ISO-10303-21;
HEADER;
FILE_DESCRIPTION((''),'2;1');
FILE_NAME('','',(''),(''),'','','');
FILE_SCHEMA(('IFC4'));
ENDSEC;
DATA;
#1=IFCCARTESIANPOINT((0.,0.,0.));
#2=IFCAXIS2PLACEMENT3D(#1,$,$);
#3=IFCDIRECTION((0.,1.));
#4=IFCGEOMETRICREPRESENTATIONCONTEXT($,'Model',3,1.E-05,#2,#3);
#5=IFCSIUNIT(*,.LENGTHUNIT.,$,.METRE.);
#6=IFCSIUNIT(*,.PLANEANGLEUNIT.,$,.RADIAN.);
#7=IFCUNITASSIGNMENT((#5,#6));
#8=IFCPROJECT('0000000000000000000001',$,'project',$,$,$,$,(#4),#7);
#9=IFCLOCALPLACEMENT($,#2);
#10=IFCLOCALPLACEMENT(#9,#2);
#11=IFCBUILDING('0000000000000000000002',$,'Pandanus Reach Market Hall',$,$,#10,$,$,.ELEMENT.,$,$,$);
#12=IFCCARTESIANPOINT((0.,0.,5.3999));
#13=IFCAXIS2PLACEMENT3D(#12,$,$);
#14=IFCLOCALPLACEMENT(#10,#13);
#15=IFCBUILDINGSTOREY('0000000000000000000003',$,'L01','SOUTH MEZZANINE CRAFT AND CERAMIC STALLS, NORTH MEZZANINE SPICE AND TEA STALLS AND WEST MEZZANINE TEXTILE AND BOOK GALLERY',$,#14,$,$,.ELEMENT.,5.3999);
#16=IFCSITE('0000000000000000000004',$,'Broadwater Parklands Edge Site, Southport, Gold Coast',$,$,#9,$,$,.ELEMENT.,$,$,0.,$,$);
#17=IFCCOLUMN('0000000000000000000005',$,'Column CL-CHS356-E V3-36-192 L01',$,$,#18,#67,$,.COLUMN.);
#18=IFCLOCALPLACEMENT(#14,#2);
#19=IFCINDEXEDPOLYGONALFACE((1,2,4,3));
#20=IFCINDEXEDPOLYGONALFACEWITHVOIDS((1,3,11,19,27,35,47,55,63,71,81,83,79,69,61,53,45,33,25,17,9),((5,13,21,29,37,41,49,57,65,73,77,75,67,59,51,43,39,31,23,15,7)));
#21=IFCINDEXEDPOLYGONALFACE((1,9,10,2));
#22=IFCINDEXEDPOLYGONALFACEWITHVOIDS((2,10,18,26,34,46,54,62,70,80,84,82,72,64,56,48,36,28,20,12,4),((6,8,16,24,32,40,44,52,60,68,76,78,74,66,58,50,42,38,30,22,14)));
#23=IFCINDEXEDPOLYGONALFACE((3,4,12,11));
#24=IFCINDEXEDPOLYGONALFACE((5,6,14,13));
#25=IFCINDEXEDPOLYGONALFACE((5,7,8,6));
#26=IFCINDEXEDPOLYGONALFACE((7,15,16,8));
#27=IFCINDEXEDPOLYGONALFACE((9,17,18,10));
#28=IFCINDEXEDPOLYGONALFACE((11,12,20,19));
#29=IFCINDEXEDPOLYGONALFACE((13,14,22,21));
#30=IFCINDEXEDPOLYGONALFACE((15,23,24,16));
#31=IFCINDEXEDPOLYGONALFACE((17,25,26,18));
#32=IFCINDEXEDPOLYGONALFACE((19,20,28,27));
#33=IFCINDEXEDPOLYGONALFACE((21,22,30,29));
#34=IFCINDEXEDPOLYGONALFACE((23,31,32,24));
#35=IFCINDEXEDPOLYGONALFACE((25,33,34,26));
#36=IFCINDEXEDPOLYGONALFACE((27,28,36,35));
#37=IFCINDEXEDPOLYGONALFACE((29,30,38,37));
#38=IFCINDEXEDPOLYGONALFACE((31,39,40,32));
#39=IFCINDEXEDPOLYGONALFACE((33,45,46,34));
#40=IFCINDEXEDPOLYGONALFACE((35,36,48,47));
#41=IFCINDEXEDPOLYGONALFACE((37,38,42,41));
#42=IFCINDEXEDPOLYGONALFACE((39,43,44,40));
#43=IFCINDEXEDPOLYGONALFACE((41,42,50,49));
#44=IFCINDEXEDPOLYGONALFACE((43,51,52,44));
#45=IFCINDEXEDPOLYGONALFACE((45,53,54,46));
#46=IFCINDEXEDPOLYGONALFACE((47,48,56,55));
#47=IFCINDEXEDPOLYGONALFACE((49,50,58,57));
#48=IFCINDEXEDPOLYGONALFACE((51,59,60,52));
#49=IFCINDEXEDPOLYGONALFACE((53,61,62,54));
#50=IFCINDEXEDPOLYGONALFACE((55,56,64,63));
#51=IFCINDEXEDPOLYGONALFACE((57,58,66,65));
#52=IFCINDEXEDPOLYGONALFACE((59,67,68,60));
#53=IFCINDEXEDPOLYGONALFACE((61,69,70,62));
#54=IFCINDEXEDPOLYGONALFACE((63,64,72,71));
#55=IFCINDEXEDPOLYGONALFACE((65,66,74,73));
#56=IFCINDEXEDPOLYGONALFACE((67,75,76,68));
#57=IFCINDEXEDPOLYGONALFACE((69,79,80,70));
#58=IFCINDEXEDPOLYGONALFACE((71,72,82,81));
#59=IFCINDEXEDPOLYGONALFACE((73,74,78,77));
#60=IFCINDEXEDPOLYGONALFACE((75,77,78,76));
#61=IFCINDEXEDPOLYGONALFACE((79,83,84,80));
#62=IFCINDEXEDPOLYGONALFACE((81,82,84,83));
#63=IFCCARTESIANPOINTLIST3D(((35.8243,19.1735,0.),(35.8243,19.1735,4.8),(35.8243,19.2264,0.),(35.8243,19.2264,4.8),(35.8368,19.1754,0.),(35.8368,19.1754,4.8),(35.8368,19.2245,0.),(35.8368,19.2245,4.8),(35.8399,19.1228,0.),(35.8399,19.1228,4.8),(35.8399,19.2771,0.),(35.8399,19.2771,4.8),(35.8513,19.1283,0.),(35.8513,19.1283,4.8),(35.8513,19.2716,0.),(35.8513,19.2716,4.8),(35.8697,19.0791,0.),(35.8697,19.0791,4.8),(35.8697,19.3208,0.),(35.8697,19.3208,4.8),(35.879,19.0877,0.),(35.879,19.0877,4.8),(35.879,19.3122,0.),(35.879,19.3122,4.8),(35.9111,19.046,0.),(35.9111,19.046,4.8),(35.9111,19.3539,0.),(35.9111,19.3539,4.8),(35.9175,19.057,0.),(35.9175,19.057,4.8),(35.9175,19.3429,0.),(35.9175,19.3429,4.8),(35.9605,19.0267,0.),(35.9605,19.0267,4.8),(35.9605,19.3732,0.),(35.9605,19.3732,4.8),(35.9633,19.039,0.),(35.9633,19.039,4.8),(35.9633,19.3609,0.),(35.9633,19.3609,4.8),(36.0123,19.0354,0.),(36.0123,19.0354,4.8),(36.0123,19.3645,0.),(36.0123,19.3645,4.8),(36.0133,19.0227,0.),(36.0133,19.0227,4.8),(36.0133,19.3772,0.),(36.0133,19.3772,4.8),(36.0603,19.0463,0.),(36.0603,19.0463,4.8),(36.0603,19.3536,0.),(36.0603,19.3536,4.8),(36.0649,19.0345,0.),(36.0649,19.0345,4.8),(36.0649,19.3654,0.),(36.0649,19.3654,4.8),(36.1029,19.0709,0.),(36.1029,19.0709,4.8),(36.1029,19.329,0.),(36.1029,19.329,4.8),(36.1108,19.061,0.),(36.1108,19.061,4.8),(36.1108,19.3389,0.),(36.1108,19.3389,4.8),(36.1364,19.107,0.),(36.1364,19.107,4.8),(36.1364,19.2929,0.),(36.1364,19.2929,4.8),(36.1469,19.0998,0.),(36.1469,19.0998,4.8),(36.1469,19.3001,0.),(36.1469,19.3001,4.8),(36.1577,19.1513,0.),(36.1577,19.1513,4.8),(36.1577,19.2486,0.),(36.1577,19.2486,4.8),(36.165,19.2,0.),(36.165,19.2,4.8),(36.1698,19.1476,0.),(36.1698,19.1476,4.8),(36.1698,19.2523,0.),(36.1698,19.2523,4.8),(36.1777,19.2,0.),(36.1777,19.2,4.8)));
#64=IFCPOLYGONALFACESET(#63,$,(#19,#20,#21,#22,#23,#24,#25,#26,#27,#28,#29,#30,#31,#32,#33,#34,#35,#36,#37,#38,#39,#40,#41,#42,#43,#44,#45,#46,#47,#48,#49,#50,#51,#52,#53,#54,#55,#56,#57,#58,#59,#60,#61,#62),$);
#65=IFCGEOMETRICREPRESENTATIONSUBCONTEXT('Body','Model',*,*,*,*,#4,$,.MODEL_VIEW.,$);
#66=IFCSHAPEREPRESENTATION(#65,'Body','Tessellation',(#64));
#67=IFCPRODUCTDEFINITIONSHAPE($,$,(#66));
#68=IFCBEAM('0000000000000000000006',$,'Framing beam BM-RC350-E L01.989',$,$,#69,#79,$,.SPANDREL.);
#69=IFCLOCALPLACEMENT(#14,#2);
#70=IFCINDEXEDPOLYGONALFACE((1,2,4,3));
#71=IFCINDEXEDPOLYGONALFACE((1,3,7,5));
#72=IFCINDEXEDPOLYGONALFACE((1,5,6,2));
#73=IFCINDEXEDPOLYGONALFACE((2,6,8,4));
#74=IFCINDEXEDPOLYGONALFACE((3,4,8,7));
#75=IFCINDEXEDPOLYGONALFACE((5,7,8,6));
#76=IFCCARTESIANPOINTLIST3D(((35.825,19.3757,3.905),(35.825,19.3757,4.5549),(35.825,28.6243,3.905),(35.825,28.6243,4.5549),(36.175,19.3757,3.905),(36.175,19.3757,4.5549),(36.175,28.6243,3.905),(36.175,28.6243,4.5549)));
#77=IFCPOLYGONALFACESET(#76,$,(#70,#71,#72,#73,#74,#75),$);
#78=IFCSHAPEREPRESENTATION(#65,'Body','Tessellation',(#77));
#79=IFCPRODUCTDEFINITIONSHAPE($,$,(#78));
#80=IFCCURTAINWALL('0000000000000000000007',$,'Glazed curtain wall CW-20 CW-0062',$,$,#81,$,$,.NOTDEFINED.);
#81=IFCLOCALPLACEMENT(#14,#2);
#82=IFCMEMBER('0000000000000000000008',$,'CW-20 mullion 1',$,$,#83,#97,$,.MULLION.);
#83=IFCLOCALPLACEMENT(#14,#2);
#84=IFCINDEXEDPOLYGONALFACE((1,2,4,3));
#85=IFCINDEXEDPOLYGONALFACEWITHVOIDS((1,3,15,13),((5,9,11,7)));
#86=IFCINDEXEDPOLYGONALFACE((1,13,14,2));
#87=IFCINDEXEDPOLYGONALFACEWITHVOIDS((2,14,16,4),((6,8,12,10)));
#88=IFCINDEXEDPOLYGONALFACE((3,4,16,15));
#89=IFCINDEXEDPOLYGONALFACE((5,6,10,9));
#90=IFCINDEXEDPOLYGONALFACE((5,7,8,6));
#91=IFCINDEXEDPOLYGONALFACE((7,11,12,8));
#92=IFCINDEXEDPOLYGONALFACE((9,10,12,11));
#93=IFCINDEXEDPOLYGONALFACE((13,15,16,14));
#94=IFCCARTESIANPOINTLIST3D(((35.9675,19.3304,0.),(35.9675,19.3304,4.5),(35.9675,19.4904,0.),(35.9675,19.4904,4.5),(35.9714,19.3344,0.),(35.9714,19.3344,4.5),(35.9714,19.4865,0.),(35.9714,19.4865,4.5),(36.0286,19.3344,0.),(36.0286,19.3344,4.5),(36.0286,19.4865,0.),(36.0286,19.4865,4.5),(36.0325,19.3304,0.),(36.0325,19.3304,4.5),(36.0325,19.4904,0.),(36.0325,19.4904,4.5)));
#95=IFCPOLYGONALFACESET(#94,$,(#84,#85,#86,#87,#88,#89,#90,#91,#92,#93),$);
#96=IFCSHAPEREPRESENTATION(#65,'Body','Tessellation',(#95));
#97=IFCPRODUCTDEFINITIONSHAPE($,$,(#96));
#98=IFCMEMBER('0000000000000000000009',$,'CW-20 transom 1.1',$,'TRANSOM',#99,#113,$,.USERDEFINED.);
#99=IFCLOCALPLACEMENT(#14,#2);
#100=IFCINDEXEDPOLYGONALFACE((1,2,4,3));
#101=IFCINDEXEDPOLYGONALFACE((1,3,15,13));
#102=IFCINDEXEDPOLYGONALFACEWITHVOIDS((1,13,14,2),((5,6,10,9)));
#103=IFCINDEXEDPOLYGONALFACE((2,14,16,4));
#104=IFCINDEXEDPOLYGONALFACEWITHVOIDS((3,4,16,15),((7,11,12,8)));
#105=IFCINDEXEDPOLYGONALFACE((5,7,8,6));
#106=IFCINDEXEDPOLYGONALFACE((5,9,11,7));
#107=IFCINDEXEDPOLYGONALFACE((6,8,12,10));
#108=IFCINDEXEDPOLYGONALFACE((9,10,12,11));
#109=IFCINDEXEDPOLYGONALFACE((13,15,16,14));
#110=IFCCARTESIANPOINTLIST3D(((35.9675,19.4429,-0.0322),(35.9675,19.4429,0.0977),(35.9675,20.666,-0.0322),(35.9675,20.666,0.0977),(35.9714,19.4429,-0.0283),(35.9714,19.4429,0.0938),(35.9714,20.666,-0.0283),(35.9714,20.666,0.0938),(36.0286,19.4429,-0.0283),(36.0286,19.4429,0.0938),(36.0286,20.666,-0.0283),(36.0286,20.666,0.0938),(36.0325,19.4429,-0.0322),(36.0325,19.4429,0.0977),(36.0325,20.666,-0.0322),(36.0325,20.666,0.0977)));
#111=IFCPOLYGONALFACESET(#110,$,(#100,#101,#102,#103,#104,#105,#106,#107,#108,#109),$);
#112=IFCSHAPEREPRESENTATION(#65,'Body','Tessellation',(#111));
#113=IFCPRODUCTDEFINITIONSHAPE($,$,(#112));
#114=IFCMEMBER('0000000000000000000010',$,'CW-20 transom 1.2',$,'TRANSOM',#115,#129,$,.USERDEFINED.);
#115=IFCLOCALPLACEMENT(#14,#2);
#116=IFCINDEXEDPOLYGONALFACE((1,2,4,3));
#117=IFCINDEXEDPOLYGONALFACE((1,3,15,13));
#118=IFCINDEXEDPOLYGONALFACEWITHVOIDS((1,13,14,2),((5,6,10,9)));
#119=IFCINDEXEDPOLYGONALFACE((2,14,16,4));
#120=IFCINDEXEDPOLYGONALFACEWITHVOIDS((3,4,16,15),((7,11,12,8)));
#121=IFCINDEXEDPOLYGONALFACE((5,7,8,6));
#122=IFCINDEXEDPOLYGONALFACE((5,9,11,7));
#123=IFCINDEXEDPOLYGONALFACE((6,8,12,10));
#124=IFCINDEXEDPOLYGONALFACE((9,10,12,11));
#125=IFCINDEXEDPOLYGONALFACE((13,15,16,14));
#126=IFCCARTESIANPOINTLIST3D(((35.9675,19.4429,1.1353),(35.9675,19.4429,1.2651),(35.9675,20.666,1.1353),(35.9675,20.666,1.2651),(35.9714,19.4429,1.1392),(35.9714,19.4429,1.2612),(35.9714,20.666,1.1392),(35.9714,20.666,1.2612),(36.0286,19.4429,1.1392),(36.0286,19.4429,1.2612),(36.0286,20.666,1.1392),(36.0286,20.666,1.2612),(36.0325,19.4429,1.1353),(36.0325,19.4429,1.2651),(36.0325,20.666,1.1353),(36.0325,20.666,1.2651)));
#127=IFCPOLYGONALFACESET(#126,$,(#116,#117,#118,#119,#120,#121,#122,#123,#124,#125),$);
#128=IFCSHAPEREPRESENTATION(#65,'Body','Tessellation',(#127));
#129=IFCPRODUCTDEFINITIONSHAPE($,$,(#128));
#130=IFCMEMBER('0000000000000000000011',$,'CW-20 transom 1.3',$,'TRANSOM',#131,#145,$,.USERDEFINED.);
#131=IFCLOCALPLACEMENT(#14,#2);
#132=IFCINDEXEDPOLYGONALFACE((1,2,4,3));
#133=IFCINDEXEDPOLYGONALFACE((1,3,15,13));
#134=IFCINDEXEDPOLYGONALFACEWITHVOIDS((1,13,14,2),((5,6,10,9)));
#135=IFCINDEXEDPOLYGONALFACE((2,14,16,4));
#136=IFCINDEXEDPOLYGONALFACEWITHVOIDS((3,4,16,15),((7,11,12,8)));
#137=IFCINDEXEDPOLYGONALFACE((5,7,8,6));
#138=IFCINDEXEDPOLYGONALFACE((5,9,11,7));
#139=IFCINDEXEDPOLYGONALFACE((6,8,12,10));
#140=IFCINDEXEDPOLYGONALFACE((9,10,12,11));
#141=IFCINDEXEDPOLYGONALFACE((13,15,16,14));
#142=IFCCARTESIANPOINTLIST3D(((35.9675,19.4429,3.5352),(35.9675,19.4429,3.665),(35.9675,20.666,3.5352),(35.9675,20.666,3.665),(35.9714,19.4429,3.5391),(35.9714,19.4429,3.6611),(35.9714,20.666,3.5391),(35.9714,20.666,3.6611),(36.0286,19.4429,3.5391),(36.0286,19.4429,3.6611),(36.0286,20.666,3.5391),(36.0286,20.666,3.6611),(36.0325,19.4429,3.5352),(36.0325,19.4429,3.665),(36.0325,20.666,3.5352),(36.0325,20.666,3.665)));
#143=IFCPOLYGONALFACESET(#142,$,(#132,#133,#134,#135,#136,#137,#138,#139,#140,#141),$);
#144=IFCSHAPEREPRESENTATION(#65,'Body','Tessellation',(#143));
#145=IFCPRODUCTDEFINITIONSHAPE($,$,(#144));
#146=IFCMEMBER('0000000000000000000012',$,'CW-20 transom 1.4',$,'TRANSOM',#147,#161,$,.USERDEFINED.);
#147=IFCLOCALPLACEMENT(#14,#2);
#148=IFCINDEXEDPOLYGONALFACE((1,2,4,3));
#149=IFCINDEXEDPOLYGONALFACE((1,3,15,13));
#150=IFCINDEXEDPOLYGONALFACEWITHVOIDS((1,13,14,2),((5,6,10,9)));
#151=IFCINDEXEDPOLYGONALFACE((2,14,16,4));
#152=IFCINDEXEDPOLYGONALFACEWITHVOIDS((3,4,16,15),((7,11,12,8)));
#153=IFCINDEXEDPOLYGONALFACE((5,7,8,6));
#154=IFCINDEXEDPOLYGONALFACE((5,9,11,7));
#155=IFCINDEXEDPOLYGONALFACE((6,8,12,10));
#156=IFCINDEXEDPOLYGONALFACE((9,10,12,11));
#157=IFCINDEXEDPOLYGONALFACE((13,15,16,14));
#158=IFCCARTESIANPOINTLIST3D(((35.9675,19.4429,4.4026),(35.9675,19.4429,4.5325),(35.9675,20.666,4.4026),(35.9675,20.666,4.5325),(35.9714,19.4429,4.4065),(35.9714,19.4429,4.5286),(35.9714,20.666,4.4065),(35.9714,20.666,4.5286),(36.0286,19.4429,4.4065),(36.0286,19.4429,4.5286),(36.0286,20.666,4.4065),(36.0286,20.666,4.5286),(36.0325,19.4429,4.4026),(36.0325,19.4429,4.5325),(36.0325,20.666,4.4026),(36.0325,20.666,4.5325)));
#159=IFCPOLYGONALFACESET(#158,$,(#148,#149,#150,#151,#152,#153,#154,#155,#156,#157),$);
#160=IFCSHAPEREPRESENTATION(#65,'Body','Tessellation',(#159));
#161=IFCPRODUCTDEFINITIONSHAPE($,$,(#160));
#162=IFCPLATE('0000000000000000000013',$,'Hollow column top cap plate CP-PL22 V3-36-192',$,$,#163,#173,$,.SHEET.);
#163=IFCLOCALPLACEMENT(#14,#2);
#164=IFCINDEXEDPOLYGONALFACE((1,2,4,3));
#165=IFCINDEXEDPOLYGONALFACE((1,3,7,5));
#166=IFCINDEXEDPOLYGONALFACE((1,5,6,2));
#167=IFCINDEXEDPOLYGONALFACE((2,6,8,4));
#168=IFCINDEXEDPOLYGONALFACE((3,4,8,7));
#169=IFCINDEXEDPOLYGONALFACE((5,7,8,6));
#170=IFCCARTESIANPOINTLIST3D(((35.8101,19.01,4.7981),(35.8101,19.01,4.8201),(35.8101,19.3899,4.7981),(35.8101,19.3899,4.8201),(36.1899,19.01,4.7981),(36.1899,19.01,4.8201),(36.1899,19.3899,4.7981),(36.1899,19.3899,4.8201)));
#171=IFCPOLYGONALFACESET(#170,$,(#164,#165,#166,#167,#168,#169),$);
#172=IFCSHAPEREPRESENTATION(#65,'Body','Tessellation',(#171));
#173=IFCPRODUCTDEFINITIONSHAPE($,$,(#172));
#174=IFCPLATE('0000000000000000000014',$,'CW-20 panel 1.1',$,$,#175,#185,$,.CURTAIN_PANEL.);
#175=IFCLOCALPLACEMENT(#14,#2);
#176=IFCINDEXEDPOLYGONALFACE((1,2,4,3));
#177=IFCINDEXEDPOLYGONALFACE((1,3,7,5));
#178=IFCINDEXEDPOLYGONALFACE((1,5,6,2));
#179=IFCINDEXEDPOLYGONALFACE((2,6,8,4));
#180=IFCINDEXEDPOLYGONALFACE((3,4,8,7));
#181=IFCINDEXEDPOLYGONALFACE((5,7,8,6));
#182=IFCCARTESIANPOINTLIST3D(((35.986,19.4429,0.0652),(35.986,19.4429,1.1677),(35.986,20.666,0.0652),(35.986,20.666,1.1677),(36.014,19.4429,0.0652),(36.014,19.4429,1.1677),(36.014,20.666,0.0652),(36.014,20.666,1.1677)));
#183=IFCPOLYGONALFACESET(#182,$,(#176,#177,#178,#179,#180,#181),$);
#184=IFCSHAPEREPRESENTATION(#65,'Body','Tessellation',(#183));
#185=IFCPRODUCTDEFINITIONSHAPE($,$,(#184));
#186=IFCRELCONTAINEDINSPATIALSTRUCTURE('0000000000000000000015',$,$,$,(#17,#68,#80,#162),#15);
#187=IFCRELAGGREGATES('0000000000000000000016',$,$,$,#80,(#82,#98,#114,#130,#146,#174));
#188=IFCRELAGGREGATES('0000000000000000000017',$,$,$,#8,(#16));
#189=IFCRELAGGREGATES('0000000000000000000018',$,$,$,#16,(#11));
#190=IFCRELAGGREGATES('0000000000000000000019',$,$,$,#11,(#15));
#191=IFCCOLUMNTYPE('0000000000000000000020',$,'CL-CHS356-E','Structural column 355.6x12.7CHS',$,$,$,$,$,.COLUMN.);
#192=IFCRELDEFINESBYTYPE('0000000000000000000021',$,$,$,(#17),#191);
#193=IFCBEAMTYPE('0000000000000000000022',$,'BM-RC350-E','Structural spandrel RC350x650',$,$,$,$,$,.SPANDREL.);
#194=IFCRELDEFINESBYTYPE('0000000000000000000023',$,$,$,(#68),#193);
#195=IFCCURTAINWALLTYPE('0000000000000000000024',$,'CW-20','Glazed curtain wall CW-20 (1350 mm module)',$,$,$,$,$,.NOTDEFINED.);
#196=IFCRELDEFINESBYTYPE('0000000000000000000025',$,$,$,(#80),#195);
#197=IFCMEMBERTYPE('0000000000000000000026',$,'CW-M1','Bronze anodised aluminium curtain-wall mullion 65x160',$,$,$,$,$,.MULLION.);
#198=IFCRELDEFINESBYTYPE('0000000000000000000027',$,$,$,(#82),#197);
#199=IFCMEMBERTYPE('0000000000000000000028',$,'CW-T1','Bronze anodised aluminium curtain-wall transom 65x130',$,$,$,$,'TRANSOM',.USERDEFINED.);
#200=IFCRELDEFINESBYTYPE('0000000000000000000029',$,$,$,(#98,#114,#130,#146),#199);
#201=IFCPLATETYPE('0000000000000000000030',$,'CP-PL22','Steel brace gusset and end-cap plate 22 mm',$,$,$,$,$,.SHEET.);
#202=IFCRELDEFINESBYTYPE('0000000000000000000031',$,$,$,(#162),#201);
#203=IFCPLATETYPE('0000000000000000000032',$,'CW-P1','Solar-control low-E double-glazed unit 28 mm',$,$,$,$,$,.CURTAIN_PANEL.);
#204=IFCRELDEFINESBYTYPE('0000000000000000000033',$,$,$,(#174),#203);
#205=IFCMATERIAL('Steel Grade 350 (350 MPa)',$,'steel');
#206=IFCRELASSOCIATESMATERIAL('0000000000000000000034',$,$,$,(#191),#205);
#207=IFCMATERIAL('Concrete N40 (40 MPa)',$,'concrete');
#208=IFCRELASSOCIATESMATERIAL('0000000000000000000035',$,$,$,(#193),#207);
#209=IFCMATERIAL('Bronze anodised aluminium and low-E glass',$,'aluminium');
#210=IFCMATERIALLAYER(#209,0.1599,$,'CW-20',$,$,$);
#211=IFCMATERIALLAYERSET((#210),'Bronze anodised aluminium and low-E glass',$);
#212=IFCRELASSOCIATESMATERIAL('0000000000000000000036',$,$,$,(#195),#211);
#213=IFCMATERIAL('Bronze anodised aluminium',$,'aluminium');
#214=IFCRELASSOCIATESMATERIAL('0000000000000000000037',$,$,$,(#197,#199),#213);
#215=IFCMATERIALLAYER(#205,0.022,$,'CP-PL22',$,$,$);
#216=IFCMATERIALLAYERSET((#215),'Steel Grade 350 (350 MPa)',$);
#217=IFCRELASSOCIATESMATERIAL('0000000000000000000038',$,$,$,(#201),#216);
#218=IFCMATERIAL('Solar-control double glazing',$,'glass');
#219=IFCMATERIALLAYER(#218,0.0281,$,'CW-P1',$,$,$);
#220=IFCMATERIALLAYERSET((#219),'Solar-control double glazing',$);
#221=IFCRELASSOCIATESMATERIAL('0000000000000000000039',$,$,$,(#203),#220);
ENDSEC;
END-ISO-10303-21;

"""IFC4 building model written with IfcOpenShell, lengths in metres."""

from ifc_helpers import new_model, si_unit, direction, frame, origin, origin_2d, place, context, subcontext, project, spatial, rectangle, hollow_rectangle, hollow_circle, extrude, material, layer, layer_set, material_profile, profile_set, type_object, element, aggregate, save


model = new_model("IFC4")

# Units and contexts
model_context = context("Model", 3, precision=1e-05, world=origin(), true_north=direction((0.0, 1.0)))
body_context = subcontext(model_context, "Body", "Model", "MODEL_VIEW")
ifc_project = project(units=[si_unit("LENGTHUNIT", "METRE"), si_unit("PLANEANGLEUNIT", "RADIAN")], contexts=[model_context])

# Site, building, storey
site_placement = place(None, origin())
site = spatial("IfcSite", under=ifc_project, at=site_placement, Name="Broadwater Parklands Edge Site, Southport, Gold Coast", CompositionType="ELEMENT", RefElevation=0.0)
building_placement = place(site_placement, origin())
building = spatial("IfcBuilding", under=site, at=building_placement, Name="Pandanus Reach Market Hall", CompositionType="ELEMENT")
storey_placement = place(building_placement, frame((0.0, 0.0, 5.3999)))
storey = spatial("IfcBuildingStorey", under=building, at=storey_placement, Name="L01", Description="SOUTH MEZZANINE CRAFT AND CERAMIC STALLS, NORTH MEZZANINE SPICE AND TEA STALLS AND WEST MEZZANINE TEXTILE AND BOOK GALLERY", CompositionType="ELEMENT", Elevation=5.3999)

# Column
ifc_material_1 = material(Name="Steel Grade 350 (350 MPa)", Category="steel")
ifc_material_profile_1 = material_profile(ifc_material_1, hollow_circle(Radius=0.1777, WallThickness=0.0127, at=origin_2d()), Name="355.6x12.7CHS", Category="LoadBearing")
ifc_profile_set_1 = profile_set([ifc_material_profile_1], Name="Steel Grade 350 (350 MPa)")
column_type = type_object("IfcColumnType", Name="CL-CHS356-E", Description="Structural column 355.6x12.7CHS", PredefinedType="COLUMN", material=ifc_profile_set_1)
column_placement = place(storey_placement, frame((36.0, 19.2, 0.0), z_axis=(0.0, 0.0, 1.0), x_axis=(1.0, 0.0, 0.0)))
element("IfcColumn", 1, at=column_placement, inside=storey, type_object=column_type, Name="Column CL-CHS356-E V3-36-192 L01", PredefinedType="COLUMN", context=body_context, shape_type="SweptSolid", body=[
    extrude(hollow_circle(Radius=0.1777, WallThickness=0.0127, at=origin_2d()), origin(), (0.0, 0.0, 1.0), 4.8),
])

# Beam
ifc_material_2 = material(Name="Concrete N40 (40 MPa)", Category="concrete")
ifc_material_profile_2 = material_profile(ifc_material_2, rectangle(XDim=0.3501, YDim=0.6499, at=origin_2d()), Name="RC350x650", Category="LoadBearing")
ifc_profile_set_2 = profile_set([ifc_material_profile_2], Name="Concrete N40 (40 MPa)")
beam_type = type_object("IfcBeamType", Name="BM-RC350-E", Description="Structural spandrel RC350x650", PredefinedType="SPANDREL", material=ifc_profile_set_2)
beam_placement = place(storey_placement, frame((36.0, 19.3757, 4.23), z_axis=(0.0, 1.0, 0.0), x_axis=(-1.0, 0.0, 0.0)))
element("IfcBeam", 2, at=beam_placement, inside=storey, type_object=beam_type, Name="Framing beam BM-RC350-E L01.989", PredefinedType="SPANDREL", context=body_context, shape_type="SweptSolid", body=[
    extrude(rectangle(XDim=0.3501, YDim=0.6499, at=origin_2d()), origin(), (0.0, 0.0, 1.0), 9.2485),
])

# Curtain wall, members
ifc_material_3 = material(Name="Bronze anodised aluminium and low-E glass", Category="aluminium")
ifc_layer_1 = layer(ifc_material_3, 0.1599, Name="CW-20")
ifc_layer_set_1 = layer_set([ifc_layer_1], Name="Bronze anodised aluminium and low-E glass")
curtain_wall_type = type_object("IfcCurtainWallType", Name="CW-20", Description="Glazed curtain wall CW-20 (1350 mm module)", PredefinedType="NOTDEFINED", material=ifc_layer_set_1)
curtain_wall_placement = place(storey_placement, origin())
curtain_wall = element("IfcCurtainWall", 3, at=curtain_wall_placement, inside=storey, type_object=curtain_wall_type, Name="Glazed curtain wall CW-20 CW-0062", PredefinedType="NOTDEFINED")
ifc_material_4 = material(Name="Bronze anodised aluminium", Category="aluminium")
ifc_material_profile_3 = material_profile(ifc_material_4, hollow_rectangle(XDim=0.0649, YDim=0.1599, WallThickness=0.0039, at=origin_2d()), Name="ALU65x160", Category="LoadBearing")
ifc_profile_set_3 = profile_set([ifc_material_profile_3], Name="Bronze anodised aluminium")
member_type_1 = type_object("IfcMemberType", Name="CW-M1", Description="Bronze anodised aluminium curtain-wall mullion 65x160", PredefinedType="MULLION", material=ifc_profile_set_3)
member_1_placement = place(storey_placement, frame((36.0, 19.4104, 0.0), z_axis=(0.0, 0.0, 1.0), x_axis=(-1.0, 0.0, 0.0)))
member_1 = element("IfcMember", 4, at=member_1_placement, type_object=member_type_1, Name="CW-20 mullion 1", PredefinedType="MULLION", context=body_context, shape_type="SweptSolid", body=[
    extrude(hollow_rectangle(XDim=0.0649, YDim=0.1599, WallThickness=0.0039, at=origin_2d()), origin(), (0.0, 0.0, 1.0), 4.5),
])
ifc_material_profile_4 = material_profile(ifc_material_4, hollow_rectangle(XDim=0.0649, YDim=0.1299, WallThickness=0.0039, at=origin_2d()), Name="ALU65x130", Category="LoadBearing")
ifc_profile_set_4 = profile_set([ifc_material_profile_4], Name="Bronze anodised aluminium")
member_type_2 = type_object("IfcMemberType", Name="CW-T1", Description="Bronze anodised aluminium curtain-wall transom 65x130", ElementType="TRANSOM", PredefinedType="USERDEFINED", material=ifc_profile_set_4)
member_2_placement = place(storey_placement, frame((36.0, 19.4429, 0.0327), z_axis=(0.0, 1.0, 0.0), x_axis=(-1.0, 0.0, 0.0)))
member_2 = element("IfcMember", 5, at=member_2_placement, type_object=member_type_2, Name="CW-20 transom 1.1", ObjectType="TRANSOM", PredefinedType="USERDEFINED", context=body_context, shape_type="SweptSolid", body=[
    extrude(hollow_rectangle(XDim=0.0649, YDim=0.1299, WallThickness=0.0039, at=origin_2d()), origin(), (0.0, 0.0, 1.0), 1.2231),
])
member_3_placement = place(storey_placement, frame((36.0, 19.4429, 1.2002), z_axis=(0.0, 1.0, 0.0), x_axis=(-1.0, 0.0, 0.0)))
member_3 = element("IfcMember", 6, at=member_3_placement, type_object=member_type_2, Name="CW-20 transom 1.2", ObjectType="TRANSOM", PredefinedType="USERDEFINED", context=body_context, shape_type="SweptSolid", body=[
    extrude(hollow_rectangle(XDim=0.0649, YDim=0.1299, WallThickness=0.0039, at=origin_2d()), origin(), (0.0, 0.0, 1.0), 1.2231),
])
member_4_placement = place(storey_placement, frame((36.0, 19.4429, 3.6001), z_axis=(0.0, 1.0, 0.0), x_axis=(-1.0, 0.0, 0.0)))
member_4 = element("IfcMember", 7, at=member_4_placement, type_object=member_type_2, Name="CW-20 transom 1.3", ObjectType="TRANSOM", PredefinedType="USERDEFINED", context=body_context, shape_type="SweptSolid", body=[
    extrude(hollow_rectangle(XDim=0.0649, YDim=0.1299, WallThickness=0.0039, at=origin_2d()), origin(), (0.0, 0.0, 1.0), 1.2231),
])
member_5_placement = place(storey_placement, frame((36.0, 19.4429, 4.4675), z_axis=(0.0, 1.0, 0.0), x_axis=(-1.0, 0.0, 0.0)))
member_5 = element("IfcMember", 8, at=member_5_placement, type_object=member_type_2, Name="CW-20 transom 1.4", ObjectType="TRANSOM", PredefinedType="USERDEFINED", context=body_context, shape_type="SweptSolid", body=[
    extrude(hollow_rectangle(XDim=0.0649, YDim=0.1299, WallThickness=0.0039, at=origin_2d()), origin(), (0.0, 0.0, 1.0), 1.2231),
])

# Plates
ifc_layer_2 = layer(ifc_material_1, 0.022, Name="CP-PL22")
ifc_layer_set_2 = layer_set([ifc_layer_2], Name="Steel Grade 350 (350 MPa)")
plate_type_1 = type_object("IfcPlateType", Name="CP-PL22", Description="Steel brace gusset and end-cap plate 22 mm", PredefinedType="SHEET", material=ifc_layer_set_2)
plate_1_placement = place(storey_placement, frame((36.0, 19.2, 4.7981), z_axis=(0.0, 0.0, 1.0), x_axis=(1.0, 0.0, 0.0)))
element("IfcPlate", 9, at=plate_1_placement, inside=storey, type_object=plate_type_1, Name="Hollow column top cap plate CP-PL22 V3-36-192", PredefinedType="SHEET", context=body_context, shape_type="SweptSolid", body=[
    extrude(rectangle(XDim=0.3799, YDim=0.3799, at=origin_2d()), origin(), (0.0, 0.0, 1.0), 0.022),
])
ifc_material_5 = material(Name="Solar-control double glazing", Category="glass")
ifc_layer_3 = layer(ifc_material_5, 0.0281, Name="CW-P1")
ifc_layer_set_3 = layer_set([ifc_layer_3], Name="Solar-control double glazing")
plate_type_2 = type_object("IfcPlateType", Name="CW-P1", Description="Solar-control low-E double-glazed unit 28 mm", PredefinedType="CURTAIN_PANEL", material=ifc_layer_set_3)
plate_2_placement = place(storey_placement, frame((36.0, 20.0544, 0.0652), z_axis=(0.0, 0.0, 1.0), x_axis=(0.0, 1.0, 0.0)))
plate_2 = element("IfcPlate", 10, at=plate_2_placement, type_object=plate_type_2, Name="CW-20 panel 1.1", PredefinedType="CURTAIN_PANEL", context=body_context, shape_type="SweptSolid", body=[
    extrude(rectangle(XDim=1.2231, YDim=0.0281, at=origin_2d()), origin(), (0.0, 0.0, 1.0), 1.1025),
])
aggregate(curtain_wall, [member_1, member_2, member_3, member_4, member_5, plate_2])

save(model, "model.ifc")
